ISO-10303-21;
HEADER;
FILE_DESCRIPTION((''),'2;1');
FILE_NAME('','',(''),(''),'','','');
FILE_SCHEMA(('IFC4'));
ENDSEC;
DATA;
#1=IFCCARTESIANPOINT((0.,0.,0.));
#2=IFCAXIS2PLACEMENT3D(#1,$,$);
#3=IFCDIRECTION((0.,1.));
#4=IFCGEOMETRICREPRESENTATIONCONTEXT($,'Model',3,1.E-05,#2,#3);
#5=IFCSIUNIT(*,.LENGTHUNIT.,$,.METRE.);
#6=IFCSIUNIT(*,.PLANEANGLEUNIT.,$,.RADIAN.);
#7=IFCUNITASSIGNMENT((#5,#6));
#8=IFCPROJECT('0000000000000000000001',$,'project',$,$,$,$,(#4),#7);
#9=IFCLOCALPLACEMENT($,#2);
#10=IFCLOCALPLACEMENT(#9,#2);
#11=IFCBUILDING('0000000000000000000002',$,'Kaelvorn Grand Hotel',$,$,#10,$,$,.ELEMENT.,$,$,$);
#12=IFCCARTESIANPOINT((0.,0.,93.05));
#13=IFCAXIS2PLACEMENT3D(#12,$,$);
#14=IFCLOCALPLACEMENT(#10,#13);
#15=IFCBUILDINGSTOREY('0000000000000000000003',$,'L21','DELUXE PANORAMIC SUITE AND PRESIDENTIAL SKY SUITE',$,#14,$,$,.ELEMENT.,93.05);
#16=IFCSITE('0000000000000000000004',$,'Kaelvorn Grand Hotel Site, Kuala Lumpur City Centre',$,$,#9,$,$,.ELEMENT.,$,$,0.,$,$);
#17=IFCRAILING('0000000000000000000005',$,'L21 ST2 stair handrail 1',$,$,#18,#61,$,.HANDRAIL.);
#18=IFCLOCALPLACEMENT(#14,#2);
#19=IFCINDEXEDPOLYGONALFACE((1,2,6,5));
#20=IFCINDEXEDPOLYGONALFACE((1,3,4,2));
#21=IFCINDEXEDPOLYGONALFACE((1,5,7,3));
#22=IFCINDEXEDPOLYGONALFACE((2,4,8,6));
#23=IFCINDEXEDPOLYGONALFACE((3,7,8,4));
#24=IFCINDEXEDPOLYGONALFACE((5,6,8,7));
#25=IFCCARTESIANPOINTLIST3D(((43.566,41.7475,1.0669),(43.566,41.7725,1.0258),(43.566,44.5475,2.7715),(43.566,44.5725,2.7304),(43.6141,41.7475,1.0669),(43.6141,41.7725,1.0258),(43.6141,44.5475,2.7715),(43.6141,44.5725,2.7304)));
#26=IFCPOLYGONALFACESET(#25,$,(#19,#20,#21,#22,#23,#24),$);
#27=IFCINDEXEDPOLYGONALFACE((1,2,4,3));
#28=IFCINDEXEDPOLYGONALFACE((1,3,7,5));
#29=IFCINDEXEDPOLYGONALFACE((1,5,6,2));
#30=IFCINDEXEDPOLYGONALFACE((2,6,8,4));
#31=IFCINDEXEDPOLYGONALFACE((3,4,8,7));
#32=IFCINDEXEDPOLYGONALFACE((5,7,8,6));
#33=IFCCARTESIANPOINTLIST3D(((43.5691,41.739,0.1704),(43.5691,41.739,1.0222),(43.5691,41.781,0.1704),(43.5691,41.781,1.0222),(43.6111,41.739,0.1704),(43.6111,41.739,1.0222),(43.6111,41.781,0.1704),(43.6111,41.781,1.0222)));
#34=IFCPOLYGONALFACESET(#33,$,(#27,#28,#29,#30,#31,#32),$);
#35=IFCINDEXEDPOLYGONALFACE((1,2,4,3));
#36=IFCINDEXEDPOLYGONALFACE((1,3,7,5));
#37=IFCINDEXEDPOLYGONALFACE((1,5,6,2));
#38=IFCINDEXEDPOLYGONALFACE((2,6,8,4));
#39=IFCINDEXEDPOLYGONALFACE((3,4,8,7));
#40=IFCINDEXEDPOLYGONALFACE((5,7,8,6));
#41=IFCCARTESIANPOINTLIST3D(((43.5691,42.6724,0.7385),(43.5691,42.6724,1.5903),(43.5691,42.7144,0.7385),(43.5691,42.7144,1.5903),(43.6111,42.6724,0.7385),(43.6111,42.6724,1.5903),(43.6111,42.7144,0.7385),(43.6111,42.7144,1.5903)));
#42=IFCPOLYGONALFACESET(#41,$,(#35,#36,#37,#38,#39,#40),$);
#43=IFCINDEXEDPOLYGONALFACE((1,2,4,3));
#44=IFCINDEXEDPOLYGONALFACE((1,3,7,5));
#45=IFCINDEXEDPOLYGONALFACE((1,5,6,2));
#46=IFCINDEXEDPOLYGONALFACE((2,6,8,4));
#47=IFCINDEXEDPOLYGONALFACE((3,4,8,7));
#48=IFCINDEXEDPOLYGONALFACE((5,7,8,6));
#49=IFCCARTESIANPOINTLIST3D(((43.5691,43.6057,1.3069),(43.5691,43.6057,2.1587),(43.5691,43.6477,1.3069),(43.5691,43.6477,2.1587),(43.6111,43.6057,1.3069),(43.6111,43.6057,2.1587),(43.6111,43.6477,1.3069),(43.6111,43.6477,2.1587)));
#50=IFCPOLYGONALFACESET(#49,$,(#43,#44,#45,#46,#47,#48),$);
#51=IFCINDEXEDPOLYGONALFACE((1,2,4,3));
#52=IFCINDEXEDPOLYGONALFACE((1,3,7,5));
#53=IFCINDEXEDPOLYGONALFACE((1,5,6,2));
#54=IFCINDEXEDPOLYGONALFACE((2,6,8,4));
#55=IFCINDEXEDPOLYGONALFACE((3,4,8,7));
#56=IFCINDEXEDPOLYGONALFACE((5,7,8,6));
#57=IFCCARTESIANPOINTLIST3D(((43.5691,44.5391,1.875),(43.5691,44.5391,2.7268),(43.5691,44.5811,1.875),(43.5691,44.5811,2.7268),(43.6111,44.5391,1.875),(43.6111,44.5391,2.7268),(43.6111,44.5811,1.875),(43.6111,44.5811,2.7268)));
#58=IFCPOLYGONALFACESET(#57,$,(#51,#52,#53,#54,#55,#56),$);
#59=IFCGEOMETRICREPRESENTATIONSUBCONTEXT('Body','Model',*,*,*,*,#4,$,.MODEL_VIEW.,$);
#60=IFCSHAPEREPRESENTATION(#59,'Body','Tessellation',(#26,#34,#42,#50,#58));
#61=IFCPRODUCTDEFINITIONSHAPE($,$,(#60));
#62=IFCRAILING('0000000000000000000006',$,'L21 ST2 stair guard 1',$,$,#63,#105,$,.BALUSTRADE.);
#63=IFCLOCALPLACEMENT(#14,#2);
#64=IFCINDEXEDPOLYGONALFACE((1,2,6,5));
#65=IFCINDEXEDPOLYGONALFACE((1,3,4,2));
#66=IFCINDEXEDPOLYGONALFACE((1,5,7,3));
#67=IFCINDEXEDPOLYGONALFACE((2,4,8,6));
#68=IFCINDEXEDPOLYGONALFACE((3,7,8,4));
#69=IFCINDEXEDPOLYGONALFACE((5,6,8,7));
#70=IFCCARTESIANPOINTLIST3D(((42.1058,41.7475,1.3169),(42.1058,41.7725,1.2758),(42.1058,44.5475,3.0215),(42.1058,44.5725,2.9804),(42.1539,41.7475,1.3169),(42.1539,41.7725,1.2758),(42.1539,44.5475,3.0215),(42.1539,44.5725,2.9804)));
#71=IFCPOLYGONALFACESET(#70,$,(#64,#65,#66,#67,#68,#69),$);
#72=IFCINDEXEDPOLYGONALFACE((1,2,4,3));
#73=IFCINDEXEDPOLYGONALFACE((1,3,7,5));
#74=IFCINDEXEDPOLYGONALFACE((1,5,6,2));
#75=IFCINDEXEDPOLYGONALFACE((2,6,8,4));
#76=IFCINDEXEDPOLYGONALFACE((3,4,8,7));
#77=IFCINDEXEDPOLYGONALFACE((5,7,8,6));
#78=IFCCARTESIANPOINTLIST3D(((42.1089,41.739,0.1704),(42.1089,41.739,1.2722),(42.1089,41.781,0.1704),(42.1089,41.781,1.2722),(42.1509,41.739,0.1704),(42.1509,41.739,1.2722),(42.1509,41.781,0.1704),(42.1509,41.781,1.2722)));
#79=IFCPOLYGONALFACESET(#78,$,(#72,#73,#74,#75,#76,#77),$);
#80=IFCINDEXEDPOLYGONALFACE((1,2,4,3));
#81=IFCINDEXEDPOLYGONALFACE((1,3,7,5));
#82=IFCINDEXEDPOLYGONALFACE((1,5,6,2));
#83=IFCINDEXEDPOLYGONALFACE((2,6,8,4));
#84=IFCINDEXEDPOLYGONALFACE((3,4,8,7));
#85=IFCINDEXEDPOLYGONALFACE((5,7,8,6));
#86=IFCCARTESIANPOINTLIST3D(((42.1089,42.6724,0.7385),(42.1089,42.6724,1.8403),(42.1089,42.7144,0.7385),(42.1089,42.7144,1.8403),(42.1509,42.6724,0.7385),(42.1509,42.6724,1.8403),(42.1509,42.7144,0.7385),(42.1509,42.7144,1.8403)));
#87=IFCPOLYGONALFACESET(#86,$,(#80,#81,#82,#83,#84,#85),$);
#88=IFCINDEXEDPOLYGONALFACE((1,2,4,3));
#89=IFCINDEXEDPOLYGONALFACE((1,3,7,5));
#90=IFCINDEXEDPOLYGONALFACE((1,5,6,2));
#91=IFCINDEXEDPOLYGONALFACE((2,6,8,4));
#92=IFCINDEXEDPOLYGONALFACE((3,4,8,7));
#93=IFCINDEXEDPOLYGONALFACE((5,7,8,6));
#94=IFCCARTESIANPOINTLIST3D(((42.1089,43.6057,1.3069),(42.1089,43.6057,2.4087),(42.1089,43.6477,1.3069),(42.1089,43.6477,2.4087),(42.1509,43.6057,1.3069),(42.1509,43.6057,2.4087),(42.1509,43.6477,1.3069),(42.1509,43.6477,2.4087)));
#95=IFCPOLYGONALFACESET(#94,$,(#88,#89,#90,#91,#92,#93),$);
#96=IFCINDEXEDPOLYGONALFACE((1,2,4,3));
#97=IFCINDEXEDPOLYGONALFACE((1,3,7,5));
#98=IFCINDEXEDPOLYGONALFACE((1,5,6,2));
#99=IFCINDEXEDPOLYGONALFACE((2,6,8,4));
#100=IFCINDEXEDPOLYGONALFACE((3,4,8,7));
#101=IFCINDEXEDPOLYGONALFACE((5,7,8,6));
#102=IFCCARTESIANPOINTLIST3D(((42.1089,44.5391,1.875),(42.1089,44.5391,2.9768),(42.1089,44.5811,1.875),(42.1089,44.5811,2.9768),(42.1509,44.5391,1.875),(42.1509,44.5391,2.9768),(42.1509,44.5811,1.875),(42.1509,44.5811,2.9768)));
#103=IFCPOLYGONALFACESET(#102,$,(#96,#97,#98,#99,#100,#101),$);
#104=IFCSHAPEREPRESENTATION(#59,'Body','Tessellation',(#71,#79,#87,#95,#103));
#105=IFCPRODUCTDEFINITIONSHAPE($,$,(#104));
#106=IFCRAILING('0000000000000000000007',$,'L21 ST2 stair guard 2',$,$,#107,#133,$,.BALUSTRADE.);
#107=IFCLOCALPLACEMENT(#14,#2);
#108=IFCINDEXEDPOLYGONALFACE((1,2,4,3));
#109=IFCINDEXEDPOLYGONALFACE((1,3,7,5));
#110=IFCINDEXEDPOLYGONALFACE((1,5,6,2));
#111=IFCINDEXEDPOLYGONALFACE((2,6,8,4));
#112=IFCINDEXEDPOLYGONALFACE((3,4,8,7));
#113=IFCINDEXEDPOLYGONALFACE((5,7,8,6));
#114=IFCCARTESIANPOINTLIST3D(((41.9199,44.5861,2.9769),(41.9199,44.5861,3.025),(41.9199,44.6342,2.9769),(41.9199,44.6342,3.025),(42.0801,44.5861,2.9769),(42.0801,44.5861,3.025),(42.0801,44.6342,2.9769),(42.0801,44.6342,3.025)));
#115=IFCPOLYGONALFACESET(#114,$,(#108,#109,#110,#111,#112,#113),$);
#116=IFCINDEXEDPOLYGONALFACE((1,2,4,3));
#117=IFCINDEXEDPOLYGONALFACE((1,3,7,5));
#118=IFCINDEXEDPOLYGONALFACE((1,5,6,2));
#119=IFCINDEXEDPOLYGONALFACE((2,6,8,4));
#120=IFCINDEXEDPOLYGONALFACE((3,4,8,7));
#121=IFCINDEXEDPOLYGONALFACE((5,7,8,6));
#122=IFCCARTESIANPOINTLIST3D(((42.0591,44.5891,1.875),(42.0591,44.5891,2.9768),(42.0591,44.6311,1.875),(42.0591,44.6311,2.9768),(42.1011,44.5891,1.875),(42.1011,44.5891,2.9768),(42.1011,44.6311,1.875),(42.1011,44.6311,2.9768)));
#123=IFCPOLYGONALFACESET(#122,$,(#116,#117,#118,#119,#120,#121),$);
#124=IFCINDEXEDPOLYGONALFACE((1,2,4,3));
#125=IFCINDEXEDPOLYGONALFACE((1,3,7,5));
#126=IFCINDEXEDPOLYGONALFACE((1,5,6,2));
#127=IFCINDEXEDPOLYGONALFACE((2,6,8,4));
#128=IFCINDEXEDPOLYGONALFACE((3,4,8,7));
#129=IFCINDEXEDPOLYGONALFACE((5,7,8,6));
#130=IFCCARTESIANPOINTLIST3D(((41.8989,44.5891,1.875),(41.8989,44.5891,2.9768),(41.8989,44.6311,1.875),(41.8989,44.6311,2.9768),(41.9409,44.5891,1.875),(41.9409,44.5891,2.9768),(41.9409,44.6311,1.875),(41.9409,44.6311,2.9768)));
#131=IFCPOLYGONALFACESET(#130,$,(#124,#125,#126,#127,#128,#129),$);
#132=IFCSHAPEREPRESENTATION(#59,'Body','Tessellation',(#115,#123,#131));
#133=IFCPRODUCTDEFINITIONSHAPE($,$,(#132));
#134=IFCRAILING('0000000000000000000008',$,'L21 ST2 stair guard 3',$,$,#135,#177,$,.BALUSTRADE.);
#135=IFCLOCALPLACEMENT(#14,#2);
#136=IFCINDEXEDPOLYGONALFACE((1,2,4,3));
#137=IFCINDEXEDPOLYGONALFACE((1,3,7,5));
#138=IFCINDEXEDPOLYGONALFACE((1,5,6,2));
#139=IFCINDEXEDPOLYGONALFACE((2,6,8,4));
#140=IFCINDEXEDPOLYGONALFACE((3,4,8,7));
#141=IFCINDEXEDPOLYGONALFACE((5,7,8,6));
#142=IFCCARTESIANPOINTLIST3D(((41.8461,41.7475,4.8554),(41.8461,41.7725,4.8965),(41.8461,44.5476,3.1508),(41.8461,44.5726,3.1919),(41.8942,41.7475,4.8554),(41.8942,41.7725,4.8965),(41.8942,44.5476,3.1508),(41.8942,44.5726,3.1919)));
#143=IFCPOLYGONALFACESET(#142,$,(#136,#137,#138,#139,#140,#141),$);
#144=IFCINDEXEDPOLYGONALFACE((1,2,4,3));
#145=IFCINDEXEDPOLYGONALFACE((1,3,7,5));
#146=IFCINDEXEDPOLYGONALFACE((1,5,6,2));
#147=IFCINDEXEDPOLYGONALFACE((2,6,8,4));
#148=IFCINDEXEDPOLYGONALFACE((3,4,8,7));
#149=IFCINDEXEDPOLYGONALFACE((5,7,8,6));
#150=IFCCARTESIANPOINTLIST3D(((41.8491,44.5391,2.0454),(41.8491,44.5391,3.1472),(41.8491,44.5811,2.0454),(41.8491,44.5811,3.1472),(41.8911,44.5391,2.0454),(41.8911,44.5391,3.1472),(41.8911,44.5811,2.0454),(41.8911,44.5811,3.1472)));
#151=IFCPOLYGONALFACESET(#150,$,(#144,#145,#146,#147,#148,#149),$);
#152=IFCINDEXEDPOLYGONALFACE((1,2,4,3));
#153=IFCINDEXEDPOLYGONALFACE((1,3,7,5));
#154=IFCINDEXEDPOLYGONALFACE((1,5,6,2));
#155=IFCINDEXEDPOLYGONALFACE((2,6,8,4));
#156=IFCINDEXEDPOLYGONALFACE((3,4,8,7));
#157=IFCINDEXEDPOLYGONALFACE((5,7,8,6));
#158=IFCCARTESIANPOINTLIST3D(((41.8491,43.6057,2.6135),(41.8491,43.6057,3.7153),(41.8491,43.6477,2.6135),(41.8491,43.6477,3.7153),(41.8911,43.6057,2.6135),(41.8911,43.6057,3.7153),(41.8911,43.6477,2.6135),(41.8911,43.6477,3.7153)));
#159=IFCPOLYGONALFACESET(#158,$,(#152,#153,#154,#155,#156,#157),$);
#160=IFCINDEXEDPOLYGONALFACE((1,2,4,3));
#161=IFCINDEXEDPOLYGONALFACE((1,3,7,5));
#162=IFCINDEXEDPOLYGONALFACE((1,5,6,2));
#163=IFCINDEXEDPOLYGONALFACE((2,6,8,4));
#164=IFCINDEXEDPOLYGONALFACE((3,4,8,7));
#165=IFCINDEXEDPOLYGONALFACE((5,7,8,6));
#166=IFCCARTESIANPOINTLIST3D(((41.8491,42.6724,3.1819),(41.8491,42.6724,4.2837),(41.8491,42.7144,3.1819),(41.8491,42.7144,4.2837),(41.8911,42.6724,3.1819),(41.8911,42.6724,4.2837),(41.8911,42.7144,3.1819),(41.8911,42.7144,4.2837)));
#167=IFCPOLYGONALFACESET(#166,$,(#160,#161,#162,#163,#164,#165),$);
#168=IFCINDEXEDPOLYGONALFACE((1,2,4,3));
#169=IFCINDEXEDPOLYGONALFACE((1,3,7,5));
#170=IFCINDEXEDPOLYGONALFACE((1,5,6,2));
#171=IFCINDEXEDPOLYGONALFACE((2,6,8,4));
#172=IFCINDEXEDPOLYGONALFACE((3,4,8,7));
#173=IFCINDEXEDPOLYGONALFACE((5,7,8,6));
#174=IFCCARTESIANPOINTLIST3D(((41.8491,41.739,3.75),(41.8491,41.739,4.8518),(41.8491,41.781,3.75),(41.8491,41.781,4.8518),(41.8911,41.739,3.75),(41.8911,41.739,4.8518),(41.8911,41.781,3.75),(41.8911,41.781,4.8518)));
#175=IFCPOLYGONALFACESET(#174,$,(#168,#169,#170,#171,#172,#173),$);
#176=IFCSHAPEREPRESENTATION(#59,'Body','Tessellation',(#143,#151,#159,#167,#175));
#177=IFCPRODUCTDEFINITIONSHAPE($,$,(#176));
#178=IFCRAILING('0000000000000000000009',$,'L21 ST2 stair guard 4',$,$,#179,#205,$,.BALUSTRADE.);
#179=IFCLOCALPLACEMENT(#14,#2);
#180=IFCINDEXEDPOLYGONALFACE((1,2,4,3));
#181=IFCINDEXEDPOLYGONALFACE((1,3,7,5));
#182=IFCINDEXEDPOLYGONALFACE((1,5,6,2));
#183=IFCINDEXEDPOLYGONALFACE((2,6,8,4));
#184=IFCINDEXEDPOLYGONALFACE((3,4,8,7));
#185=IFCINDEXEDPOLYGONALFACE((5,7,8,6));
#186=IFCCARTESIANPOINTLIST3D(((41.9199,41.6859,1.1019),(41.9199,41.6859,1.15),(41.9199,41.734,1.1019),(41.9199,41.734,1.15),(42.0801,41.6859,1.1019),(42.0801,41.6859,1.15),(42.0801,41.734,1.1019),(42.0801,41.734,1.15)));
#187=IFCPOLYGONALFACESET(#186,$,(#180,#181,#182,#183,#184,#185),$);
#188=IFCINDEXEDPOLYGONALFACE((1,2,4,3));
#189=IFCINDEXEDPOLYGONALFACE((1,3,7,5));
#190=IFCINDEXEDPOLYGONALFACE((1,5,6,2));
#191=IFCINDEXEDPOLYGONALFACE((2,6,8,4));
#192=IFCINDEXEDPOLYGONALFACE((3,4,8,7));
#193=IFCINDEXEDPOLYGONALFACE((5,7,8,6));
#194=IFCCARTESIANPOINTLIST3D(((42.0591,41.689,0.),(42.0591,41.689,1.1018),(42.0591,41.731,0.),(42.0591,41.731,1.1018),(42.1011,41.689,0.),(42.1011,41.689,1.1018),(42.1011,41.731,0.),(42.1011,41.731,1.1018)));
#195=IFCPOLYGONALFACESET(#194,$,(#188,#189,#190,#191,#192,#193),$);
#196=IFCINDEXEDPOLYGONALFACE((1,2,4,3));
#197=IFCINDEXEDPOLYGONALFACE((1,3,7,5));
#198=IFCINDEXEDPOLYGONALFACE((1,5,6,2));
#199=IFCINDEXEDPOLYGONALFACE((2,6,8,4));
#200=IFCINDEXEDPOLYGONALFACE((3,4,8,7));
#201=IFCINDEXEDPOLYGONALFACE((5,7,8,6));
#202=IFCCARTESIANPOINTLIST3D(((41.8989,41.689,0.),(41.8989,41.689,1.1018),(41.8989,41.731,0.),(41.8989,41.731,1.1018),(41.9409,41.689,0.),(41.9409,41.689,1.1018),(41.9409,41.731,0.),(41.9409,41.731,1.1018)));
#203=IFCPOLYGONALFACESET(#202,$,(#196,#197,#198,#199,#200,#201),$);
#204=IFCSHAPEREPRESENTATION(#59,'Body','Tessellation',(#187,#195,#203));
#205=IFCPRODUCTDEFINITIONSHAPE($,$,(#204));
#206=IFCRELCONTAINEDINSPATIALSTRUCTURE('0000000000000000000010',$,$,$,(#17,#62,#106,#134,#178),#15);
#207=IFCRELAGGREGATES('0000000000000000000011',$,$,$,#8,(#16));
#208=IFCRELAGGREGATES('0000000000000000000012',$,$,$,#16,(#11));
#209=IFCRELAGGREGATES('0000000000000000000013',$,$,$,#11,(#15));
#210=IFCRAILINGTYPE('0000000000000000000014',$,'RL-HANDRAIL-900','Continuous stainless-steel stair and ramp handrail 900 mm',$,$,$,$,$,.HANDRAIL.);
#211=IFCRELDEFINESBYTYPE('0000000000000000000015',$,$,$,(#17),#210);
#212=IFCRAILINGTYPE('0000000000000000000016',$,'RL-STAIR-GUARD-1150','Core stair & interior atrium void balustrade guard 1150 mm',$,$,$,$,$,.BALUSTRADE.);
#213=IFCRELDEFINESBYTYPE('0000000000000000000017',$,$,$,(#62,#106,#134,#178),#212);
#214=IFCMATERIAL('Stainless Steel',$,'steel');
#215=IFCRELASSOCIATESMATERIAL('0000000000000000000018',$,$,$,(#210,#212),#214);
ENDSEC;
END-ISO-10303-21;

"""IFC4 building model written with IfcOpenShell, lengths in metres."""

from ifc_helpers import new_model, si_unit, direction, frame, origin, origin_2d, place, context, subcontext, project, spatial, rectangle, extrude, material, type_object, element, save


model = new_model("IFC4")

# Units and contexts
model_context = context("Model", 3, precision=1e-05, world=origin(), true_north=direction((0.0, 1.0)))
body_context = subcontext(model_context, "Body", "Model", "MODEL_VIEW")
ifc_project = project(units=[si_unit("LENGTHUNIT", "METRE"), si_unit("PLANEANGLEUNIT", "RADIAN")], contexts=[model_context])

# Site, building, storey
site_placement = place(None, origin())
site = spatial("IfcSite", under=ifc_project, at=site_placement, Name="Kaelvorn Grand Hotel Site, Kuala Lumpur City Centre", CompositionType="ELEMENT", RefElevation=0.0)
building_placement = place(site_placement, origin())
building = spatial("IfcBuilding", under=site, at=building_placement, Name="Kaelvorn Grand Hotel", CompositionType="ELEMENT")
storey_placement = place(building_placement, frame((0.0, 0.0, 93.05)))
storey = spatial("IfcBuildingStorey", under=building, at=storey_placement, Name="L21", Description="DELUXE PANORAMIC SUITE AND PRESIDENTIAL SKY SUITE", CompositionType="ELEMENT", Elevation=93.05)

# Railings
ifc_material_1 = material(Name="Stainless Steel", Category="steel")
railing_type_1 = type_object("IfcRailingType", Name="RL-HANDRAIL-900", Description="Continuous stainless-steel stair and ramp handrail 900 mm", PredefinedType="HANDRAIL", material=ifc_material_1)
railing_1_placement = place(storey_placement, frame((43.5901, 41.76, 0.1704)))
element("IfcRailing", 1, at=railing_1_placement, inside=storey, type_object=railing_type_1, Name="L21 ST2 stair handrail 1", PredefinedType="HANDRAIL", context=body_context, shape_type="SweptSolid", body=[
    extrude(rectangle(XDim=0.0481, YDim=0.0481, at=origin_2d()), frame((0.0, 0.0, 0.876), z_axis=(0.0, 0.85417, 0.519994), x_axis=(-1.0, 0.0, 0.0)), (0.0, 0.0, 1.0), 3.2781),
    extrude(rectangle(XDim=0.042, YDim=0.042, at=origin_2d()), origin(), (0.0, 0.0, 1.0), 0.8518),
    extrude(rectangle(XDim=0.042, YDim=0.042, at=origin_2d()), frame((0.0, 0.9333, 0.5681)), (0.0, 0.0, 1.0), 0.8518),
    extrude(rectangle(XDim=0.042, YDim=0.042, at=origin_2d()), frame((0.0, 1.8667, 1.1365)), (0.0, 0.0, 1.0), 0.8518),
    extrude(rectangle(XDim=0.042, YDim=0.042, at=origin_2d()), frame((0.0, 2.8, 1.7046)), (0.0, 0.0, 1.0), 0.8518),
])
railing_type_2 = type_object("IfcRailingType", Name="RL-STAIR-GUARD-1150", Description="Core stair & interior atrium void balustrade guard 1150 mm", PredefinedType="BALUSTRADE", material=ifc_material_1)
railing_2_placement = place(storey_placement, frame((42.1299, 41.76, 0.1704)))
element("IfcRailing", 2, at=railing_2_placement, inside=storey, type_object=railing_type_2, Name="L21 ST2 stair guard 1", PredefinedType="BALUSTRADE", context=body_context, shape_type="SweptSolid", body=[
    extrude(rectangle(XDim=0.0481, YDim=0.0481, at=origin_2d()), frame((0.0, 0.0, 1.126), z_axis=(0.0, 0.85417, 0.519994), x_axis=(-1.0, 0.0, 0.0)), (0.0, 0.0, 1.0), 3.2781),
    extrude(rectangle(XDim=0.042, YDim=0.042, at=origin_2d()), origin(), (0.0, 0.0, 1.0), 1.1018),
    extrude(rectangle(XDim=0.042, YDim=0.042, at=origin_2d()), frame((0.0, 0.9333, 0.5681)), (0.0, 0.0, 1.0), 1.1018),
    extrude(rectangle(XDim=0.042, YDim=0.042, at=origin_2d()), frame((0.0, 1.8667, 1.1365)), (0.0, 0.0, 1.0), 1.1018),
    extrude(rectangle(XDim=0.042, YDim=0.042, at=origin_2d()), frame((0.0, 2.8, 1.7046)), (0.0, 0.0, 1.0), 1.1018),
])
railing_3_placement = place(storey_placement, frame((42.0801, 44.6101, 1.875)))
element("IfcRailing", 3, at=railing_3_placement, inside=storey, type_object=railing_type_2, Name="L21 ST2 stair guard 2", PredefinedType="BALUSTRADE", context=body_context, shape_type="SweptSolid", body=[
    extrude(rectangle(XDim=0.0481, YDim=0.0481, at=origin_2d()), frame((0.0, 0.0, 1.126), z_axis=(-1.0, 0.0, 0.0), x_axis=(0.0, -1.0, 0.0)), (0.0, 0.0, 1.0), 0.1602),
    extrude(rectangle(XDim=0.042, YDim=0.042, at=origin_2d()), origin(), (0.0, 0.0, 1.0), 1.1018),
    extrude(rectangle(XDim=0.042, YDim=0.042, at=origin_2d()), frame((-0.1602, 0.0, 0.0)), (0.0, 0.0, 1.0), 1.1018),
])
railing_4_placement = place(storey_placement, frame((41.8701, 44.5601, 2.0454)))
element("IfcRailing", 4, at=railing_4_placement, inside=storey, type_object=railing_type_2, Name="L21 ST2 stair guard 3", PredefinedType="BALUSTRADE", context=body_context, shape_type="SweptSolid", body=[
    extrude(rectangle(XDim=0.0481, YDim=0.0481, at=origin_2d()), frame((0.0, 0.0, 1.126), z_axis=(0.0, -0.85417, 0.519994), x_axis=(1.0, 0.0, 0.0)), (0.0, 0.0, 1.0), 3.2781),
    extrude(rectangle(XDim=0.042, YDim=0.042, at=origin_2d()), origin(), (0.0, 0.0, 1.0), 1.1018),
    extrude(rectangle(XDim=0.042, YDim=0.042, at=origin_2d()), frame((0.0, -0.9333, 0.5681)), (0.0, 0.0, 1.0), 1.1018),
    extrude(rectangle(XDim=0.042, YDim=0.042, at=origin_2d()), frame((0.0, -1.8667, 1.1365)), (0.0, 0.0, 1.0), 1.1018),
    extrude(rectangle(XDim=0.042, YDim=0.042, at=origin_2d()), frame((0.0, -2.8, 1.7046)), (0.0, 0.0, 1.0), 1.1018),
])
railing_5_placement = place(storey_placement, frame((42.0801, 41.71, 0.0)))
element("IfcRailing", 5, at=railing_5_placement, inside=storey, type_object=railing_type_2, Name="L21 ST2 stair guard 4", PredefinedType="BALUSTRADE", context=body_context, shape_type="SweptSolid", body=[
    extrude(rectangle(XDim=0.0481, YDim=0.0481, at=origin_2d()), frame((0.0, 0.0, 1.126), z_axis=(-1.0, 0.0, 0.0), x_axis=(0.0, -1.0, 0.0)), (0.0, 0.0, 1.0), 0.1602),
    extrude(rectangle(XDim=0.042, YDim=0.042, at=origin_2d()), origin(), (0.0, 0.0, 1.0), 1.1018),
    extrude(rectangle(XDim=0.042, YDim=0.042, at=origin_2d()), frame((-0.1602, 0.0, 0.0)), (0.0, 0.0, 1.0), 1.1018),
])

save(model, "model.ifc")
